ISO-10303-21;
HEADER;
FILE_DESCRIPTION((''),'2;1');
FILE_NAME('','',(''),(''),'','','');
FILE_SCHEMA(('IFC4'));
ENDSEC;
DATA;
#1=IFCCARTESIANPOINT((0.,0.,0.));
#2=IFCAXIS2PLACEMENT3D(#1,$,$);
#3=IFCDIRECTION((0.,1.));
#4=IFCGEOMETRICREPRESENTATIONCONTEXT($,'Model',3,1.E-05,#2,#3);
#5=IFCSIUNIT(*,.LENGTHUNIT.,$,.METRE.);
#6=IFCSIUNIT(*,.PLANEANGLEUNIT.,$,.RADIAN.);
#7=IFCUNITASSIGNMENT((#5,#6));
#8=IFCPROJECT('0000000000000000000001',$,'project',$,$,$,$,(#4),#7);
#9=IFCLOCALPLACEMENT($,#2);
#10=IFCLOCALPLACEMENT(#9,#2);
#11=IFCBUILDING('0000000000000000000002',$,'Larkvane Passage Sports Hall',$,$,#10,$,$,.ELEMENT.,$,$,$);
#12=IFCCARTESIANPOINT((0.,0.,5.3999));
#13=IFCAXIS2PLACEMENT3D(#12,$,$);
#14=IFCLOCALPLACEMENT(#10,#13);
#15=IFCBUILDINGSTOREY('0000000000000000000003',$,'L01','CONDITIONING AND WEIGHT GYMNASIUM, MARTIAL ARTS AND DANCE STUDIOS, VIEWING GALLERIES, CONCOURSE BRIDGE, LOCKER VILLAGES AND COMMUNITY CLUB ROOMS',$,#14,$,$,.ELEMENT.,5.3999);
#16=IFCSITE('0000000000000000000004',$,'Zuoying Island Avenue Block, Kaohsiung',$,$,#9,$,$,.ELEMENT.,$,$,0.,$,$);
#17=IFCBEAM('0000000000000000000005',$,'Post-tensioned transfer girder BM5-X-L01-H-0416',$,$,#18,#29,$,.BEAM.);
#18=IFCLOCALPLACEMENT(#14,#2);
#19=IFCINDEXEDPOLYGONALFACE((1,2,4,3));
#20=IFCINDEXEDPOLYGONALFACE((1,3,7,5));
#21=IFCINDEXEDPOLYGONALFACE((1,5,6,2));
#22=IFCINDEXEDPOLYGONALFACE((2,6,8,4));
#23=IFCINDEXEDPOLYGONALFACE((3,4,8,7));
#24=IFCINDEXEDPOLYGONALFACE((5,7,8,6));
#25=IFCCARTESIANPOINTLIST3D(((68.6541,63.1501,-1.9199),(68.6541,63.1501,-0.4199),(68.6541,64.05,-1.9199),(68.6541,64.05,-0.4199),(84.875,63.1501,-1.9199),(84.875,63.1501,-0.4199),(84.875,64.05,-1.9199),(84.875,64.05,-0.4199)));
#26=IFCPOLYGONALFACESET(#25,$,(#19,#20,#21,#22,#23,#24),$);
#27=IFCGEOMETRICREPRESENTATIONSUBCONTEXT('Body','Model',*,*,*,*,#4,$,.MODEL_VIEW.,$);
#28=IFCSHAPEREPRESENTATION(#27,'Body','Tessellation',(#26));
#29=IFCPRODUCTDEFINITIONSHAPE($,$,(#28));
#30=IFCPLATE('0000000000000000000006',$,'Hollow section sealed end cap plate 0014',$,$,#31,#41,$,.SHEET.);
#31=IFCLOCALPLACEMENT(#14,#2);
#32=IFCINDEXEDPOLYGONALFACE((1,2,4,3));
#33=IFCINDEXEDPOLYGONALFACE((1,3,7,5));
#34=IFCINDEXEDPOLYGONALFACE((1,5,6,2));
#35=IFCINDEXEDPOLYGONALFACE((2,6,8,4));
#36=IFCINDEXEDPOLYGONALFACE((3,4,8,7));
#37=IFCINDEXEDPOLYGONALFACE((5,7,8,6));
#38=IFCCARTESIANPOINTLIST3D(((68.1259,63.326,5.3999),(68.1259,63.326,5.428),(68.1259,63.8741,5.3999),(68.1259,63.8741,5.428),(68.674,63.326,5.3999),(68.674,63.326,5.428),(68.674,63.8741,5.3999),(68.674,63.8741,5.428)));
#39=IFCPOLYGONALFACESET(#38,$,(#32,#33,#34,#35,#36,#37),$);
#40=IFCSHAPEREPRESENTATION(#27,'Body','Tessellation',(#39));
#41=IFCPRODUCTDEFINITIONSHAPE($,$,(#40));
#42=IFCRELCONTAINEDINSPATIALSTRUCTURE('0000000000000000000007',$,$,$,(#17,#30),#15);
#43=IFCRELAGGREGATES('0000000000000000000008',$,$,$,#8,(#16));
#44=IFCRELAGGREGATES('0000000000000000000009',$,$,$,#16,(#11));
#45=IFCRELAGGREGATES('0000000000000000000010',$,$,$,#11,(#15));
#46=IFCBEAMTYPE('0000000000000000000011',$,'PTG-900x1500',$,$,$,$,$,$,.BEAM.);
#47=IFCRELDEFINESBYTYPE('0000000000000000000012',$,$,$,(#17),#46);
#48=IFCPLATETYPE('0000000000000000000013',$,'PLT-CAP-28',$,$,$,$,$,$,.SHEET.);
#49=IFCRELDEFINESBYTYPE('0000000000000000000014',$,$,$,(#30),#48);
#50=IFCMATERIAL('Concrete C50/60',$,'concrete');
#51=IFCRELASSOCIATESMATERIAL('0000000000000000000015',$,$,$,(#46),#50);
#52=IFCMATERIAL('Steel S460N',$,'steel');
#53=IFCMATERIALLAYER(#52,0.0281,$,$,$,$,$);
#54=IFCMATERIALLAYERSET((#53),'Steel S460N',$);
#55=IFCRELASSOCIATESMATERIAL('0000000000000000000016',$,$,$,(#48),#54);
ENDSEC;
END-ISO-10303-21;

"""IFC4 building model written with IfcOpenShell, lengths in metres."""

from ifc_helpers import new_model, si_unit, direction, frame, origin, origin_2d, place, context, subcontext, project, spatial, rectangle, extrude, material, layer, layer_set, material_profile, profile_set, type_object, element, save


model = new_model("IFC4")

# Units and contexts
model_context = context("Model", 3, precision=1e-05, world=origin(), true_north=direction((0.0, 1.0)))
body_context = subcontext(model_context, "Body", "Model", "MODEL_VIEW")
ifc_project = project(units=[si_unit("LENGTHUNIT", "METRE"), si_unit("PLANEANGLEUNIT", "RADIAN")], contexts=[model_context])

# Site, building, storey
site_placement = place(None, origin())
site = spatial("IfcSite", under=ifc_project, at=site_placement, Name="Zuoying Island Avenue Block, Kaohsiung", CompositionType="ELEMENT", RefElevation=0.0)
building_placement = place(site_placement, origin())
building = spatial("IfcBuilding", under=site, at=building_placement, Name="Larkvane Passage Sports Hall", CompositionType="ELEMENT")
storey_placement = place(building_placement, frame((0.0, 0.0, 5.3999)))
storey = spatial("IfcBuildingStorey", under=building, at=storey_placement, Name="L01", Description="CONDITIONING AND WEIGHT GYMNASIUM, MARTIAL ARTS AND DANCE STUDIOS, VIEWING GALLERIES, CONCOURSE BRIDGE, LOCKER VILLAGES AND COMMUNITY CLUB ROOMS", CompositionType="ELEMENT", Elevation=5.3999)

# Shared definitions
ifc_material_1 = material(Name="Steel S460N", Category="steel")

# Beam
ifc_material_2 = material(Name="Concrete C50/60", Category="concrete")
ifc_material_profile_1 = material_profile(ifc_material_2, rectangle(XDim=0.8999, YDim=1.5, at=origin_2d()), Name="PT-GIR-900x1500")
ifc_profile_set_1 = profile_set([ifc_material_profile_1], Name="Concrete C50/60")
beam_type_1 = type_object("IfcBeamType", Name="PTG-900x1500", PredefinedType="BEAM", material=ifc_profile_set_1)
beam_1_placement = place(storey_placement, frame((68.6541, 63.6001, -1.1699), z_axis=(1.0, 0.0, 0.0), x_axis=(0.0, 1.0, 0.0)))
element("IfcBeam", 1, at=beam_1_placement, inside=storey, type_object=beam_type_1, Name="Post-tensioned transfer girder BM5-X-L01-H-0416", PredefinedType="BEAM", context=body_context, shape_type="SweptSolid", body=[
    extrude(rectangle(XDim=0.8999, YDim=1.5, at=origin_2d()), origin(), (0.0, 0.0, 1.0), 16.2209),
])

# Plate
ifc_layer = layer(ifc_material_1, 0.0281)
ifc_layer_set = layer_set([ifc_layer], Name="Steel S460N")
plate_type = type_object("IfcPlateType", Name="PLT-CAP-28", PredefinedType="SHEET", material=ifc_layer_set)
plate_placement = place(storey_placement, frame((68.3999, 63.6001, 5.3999), z_axis=(0.0, 0.0, 1.0), x_axis=(1.0, 0.0, 0.0)))
element("IfcPlate", 2, at=plate_placement, inside=storey, type_object=plate_type, Name="Hollow section sealed end cap plate 0014", PredefinedType="SHEET", context=body_context, shape_type="SweptSolid", body=[
    extrude(rectangle(XDim=0.5481, YDim=0.5481, at=origin_2d()), origin(), (0.0, 0.0, 1.0), 0.0281),
])

save(model, "model.ifc")
